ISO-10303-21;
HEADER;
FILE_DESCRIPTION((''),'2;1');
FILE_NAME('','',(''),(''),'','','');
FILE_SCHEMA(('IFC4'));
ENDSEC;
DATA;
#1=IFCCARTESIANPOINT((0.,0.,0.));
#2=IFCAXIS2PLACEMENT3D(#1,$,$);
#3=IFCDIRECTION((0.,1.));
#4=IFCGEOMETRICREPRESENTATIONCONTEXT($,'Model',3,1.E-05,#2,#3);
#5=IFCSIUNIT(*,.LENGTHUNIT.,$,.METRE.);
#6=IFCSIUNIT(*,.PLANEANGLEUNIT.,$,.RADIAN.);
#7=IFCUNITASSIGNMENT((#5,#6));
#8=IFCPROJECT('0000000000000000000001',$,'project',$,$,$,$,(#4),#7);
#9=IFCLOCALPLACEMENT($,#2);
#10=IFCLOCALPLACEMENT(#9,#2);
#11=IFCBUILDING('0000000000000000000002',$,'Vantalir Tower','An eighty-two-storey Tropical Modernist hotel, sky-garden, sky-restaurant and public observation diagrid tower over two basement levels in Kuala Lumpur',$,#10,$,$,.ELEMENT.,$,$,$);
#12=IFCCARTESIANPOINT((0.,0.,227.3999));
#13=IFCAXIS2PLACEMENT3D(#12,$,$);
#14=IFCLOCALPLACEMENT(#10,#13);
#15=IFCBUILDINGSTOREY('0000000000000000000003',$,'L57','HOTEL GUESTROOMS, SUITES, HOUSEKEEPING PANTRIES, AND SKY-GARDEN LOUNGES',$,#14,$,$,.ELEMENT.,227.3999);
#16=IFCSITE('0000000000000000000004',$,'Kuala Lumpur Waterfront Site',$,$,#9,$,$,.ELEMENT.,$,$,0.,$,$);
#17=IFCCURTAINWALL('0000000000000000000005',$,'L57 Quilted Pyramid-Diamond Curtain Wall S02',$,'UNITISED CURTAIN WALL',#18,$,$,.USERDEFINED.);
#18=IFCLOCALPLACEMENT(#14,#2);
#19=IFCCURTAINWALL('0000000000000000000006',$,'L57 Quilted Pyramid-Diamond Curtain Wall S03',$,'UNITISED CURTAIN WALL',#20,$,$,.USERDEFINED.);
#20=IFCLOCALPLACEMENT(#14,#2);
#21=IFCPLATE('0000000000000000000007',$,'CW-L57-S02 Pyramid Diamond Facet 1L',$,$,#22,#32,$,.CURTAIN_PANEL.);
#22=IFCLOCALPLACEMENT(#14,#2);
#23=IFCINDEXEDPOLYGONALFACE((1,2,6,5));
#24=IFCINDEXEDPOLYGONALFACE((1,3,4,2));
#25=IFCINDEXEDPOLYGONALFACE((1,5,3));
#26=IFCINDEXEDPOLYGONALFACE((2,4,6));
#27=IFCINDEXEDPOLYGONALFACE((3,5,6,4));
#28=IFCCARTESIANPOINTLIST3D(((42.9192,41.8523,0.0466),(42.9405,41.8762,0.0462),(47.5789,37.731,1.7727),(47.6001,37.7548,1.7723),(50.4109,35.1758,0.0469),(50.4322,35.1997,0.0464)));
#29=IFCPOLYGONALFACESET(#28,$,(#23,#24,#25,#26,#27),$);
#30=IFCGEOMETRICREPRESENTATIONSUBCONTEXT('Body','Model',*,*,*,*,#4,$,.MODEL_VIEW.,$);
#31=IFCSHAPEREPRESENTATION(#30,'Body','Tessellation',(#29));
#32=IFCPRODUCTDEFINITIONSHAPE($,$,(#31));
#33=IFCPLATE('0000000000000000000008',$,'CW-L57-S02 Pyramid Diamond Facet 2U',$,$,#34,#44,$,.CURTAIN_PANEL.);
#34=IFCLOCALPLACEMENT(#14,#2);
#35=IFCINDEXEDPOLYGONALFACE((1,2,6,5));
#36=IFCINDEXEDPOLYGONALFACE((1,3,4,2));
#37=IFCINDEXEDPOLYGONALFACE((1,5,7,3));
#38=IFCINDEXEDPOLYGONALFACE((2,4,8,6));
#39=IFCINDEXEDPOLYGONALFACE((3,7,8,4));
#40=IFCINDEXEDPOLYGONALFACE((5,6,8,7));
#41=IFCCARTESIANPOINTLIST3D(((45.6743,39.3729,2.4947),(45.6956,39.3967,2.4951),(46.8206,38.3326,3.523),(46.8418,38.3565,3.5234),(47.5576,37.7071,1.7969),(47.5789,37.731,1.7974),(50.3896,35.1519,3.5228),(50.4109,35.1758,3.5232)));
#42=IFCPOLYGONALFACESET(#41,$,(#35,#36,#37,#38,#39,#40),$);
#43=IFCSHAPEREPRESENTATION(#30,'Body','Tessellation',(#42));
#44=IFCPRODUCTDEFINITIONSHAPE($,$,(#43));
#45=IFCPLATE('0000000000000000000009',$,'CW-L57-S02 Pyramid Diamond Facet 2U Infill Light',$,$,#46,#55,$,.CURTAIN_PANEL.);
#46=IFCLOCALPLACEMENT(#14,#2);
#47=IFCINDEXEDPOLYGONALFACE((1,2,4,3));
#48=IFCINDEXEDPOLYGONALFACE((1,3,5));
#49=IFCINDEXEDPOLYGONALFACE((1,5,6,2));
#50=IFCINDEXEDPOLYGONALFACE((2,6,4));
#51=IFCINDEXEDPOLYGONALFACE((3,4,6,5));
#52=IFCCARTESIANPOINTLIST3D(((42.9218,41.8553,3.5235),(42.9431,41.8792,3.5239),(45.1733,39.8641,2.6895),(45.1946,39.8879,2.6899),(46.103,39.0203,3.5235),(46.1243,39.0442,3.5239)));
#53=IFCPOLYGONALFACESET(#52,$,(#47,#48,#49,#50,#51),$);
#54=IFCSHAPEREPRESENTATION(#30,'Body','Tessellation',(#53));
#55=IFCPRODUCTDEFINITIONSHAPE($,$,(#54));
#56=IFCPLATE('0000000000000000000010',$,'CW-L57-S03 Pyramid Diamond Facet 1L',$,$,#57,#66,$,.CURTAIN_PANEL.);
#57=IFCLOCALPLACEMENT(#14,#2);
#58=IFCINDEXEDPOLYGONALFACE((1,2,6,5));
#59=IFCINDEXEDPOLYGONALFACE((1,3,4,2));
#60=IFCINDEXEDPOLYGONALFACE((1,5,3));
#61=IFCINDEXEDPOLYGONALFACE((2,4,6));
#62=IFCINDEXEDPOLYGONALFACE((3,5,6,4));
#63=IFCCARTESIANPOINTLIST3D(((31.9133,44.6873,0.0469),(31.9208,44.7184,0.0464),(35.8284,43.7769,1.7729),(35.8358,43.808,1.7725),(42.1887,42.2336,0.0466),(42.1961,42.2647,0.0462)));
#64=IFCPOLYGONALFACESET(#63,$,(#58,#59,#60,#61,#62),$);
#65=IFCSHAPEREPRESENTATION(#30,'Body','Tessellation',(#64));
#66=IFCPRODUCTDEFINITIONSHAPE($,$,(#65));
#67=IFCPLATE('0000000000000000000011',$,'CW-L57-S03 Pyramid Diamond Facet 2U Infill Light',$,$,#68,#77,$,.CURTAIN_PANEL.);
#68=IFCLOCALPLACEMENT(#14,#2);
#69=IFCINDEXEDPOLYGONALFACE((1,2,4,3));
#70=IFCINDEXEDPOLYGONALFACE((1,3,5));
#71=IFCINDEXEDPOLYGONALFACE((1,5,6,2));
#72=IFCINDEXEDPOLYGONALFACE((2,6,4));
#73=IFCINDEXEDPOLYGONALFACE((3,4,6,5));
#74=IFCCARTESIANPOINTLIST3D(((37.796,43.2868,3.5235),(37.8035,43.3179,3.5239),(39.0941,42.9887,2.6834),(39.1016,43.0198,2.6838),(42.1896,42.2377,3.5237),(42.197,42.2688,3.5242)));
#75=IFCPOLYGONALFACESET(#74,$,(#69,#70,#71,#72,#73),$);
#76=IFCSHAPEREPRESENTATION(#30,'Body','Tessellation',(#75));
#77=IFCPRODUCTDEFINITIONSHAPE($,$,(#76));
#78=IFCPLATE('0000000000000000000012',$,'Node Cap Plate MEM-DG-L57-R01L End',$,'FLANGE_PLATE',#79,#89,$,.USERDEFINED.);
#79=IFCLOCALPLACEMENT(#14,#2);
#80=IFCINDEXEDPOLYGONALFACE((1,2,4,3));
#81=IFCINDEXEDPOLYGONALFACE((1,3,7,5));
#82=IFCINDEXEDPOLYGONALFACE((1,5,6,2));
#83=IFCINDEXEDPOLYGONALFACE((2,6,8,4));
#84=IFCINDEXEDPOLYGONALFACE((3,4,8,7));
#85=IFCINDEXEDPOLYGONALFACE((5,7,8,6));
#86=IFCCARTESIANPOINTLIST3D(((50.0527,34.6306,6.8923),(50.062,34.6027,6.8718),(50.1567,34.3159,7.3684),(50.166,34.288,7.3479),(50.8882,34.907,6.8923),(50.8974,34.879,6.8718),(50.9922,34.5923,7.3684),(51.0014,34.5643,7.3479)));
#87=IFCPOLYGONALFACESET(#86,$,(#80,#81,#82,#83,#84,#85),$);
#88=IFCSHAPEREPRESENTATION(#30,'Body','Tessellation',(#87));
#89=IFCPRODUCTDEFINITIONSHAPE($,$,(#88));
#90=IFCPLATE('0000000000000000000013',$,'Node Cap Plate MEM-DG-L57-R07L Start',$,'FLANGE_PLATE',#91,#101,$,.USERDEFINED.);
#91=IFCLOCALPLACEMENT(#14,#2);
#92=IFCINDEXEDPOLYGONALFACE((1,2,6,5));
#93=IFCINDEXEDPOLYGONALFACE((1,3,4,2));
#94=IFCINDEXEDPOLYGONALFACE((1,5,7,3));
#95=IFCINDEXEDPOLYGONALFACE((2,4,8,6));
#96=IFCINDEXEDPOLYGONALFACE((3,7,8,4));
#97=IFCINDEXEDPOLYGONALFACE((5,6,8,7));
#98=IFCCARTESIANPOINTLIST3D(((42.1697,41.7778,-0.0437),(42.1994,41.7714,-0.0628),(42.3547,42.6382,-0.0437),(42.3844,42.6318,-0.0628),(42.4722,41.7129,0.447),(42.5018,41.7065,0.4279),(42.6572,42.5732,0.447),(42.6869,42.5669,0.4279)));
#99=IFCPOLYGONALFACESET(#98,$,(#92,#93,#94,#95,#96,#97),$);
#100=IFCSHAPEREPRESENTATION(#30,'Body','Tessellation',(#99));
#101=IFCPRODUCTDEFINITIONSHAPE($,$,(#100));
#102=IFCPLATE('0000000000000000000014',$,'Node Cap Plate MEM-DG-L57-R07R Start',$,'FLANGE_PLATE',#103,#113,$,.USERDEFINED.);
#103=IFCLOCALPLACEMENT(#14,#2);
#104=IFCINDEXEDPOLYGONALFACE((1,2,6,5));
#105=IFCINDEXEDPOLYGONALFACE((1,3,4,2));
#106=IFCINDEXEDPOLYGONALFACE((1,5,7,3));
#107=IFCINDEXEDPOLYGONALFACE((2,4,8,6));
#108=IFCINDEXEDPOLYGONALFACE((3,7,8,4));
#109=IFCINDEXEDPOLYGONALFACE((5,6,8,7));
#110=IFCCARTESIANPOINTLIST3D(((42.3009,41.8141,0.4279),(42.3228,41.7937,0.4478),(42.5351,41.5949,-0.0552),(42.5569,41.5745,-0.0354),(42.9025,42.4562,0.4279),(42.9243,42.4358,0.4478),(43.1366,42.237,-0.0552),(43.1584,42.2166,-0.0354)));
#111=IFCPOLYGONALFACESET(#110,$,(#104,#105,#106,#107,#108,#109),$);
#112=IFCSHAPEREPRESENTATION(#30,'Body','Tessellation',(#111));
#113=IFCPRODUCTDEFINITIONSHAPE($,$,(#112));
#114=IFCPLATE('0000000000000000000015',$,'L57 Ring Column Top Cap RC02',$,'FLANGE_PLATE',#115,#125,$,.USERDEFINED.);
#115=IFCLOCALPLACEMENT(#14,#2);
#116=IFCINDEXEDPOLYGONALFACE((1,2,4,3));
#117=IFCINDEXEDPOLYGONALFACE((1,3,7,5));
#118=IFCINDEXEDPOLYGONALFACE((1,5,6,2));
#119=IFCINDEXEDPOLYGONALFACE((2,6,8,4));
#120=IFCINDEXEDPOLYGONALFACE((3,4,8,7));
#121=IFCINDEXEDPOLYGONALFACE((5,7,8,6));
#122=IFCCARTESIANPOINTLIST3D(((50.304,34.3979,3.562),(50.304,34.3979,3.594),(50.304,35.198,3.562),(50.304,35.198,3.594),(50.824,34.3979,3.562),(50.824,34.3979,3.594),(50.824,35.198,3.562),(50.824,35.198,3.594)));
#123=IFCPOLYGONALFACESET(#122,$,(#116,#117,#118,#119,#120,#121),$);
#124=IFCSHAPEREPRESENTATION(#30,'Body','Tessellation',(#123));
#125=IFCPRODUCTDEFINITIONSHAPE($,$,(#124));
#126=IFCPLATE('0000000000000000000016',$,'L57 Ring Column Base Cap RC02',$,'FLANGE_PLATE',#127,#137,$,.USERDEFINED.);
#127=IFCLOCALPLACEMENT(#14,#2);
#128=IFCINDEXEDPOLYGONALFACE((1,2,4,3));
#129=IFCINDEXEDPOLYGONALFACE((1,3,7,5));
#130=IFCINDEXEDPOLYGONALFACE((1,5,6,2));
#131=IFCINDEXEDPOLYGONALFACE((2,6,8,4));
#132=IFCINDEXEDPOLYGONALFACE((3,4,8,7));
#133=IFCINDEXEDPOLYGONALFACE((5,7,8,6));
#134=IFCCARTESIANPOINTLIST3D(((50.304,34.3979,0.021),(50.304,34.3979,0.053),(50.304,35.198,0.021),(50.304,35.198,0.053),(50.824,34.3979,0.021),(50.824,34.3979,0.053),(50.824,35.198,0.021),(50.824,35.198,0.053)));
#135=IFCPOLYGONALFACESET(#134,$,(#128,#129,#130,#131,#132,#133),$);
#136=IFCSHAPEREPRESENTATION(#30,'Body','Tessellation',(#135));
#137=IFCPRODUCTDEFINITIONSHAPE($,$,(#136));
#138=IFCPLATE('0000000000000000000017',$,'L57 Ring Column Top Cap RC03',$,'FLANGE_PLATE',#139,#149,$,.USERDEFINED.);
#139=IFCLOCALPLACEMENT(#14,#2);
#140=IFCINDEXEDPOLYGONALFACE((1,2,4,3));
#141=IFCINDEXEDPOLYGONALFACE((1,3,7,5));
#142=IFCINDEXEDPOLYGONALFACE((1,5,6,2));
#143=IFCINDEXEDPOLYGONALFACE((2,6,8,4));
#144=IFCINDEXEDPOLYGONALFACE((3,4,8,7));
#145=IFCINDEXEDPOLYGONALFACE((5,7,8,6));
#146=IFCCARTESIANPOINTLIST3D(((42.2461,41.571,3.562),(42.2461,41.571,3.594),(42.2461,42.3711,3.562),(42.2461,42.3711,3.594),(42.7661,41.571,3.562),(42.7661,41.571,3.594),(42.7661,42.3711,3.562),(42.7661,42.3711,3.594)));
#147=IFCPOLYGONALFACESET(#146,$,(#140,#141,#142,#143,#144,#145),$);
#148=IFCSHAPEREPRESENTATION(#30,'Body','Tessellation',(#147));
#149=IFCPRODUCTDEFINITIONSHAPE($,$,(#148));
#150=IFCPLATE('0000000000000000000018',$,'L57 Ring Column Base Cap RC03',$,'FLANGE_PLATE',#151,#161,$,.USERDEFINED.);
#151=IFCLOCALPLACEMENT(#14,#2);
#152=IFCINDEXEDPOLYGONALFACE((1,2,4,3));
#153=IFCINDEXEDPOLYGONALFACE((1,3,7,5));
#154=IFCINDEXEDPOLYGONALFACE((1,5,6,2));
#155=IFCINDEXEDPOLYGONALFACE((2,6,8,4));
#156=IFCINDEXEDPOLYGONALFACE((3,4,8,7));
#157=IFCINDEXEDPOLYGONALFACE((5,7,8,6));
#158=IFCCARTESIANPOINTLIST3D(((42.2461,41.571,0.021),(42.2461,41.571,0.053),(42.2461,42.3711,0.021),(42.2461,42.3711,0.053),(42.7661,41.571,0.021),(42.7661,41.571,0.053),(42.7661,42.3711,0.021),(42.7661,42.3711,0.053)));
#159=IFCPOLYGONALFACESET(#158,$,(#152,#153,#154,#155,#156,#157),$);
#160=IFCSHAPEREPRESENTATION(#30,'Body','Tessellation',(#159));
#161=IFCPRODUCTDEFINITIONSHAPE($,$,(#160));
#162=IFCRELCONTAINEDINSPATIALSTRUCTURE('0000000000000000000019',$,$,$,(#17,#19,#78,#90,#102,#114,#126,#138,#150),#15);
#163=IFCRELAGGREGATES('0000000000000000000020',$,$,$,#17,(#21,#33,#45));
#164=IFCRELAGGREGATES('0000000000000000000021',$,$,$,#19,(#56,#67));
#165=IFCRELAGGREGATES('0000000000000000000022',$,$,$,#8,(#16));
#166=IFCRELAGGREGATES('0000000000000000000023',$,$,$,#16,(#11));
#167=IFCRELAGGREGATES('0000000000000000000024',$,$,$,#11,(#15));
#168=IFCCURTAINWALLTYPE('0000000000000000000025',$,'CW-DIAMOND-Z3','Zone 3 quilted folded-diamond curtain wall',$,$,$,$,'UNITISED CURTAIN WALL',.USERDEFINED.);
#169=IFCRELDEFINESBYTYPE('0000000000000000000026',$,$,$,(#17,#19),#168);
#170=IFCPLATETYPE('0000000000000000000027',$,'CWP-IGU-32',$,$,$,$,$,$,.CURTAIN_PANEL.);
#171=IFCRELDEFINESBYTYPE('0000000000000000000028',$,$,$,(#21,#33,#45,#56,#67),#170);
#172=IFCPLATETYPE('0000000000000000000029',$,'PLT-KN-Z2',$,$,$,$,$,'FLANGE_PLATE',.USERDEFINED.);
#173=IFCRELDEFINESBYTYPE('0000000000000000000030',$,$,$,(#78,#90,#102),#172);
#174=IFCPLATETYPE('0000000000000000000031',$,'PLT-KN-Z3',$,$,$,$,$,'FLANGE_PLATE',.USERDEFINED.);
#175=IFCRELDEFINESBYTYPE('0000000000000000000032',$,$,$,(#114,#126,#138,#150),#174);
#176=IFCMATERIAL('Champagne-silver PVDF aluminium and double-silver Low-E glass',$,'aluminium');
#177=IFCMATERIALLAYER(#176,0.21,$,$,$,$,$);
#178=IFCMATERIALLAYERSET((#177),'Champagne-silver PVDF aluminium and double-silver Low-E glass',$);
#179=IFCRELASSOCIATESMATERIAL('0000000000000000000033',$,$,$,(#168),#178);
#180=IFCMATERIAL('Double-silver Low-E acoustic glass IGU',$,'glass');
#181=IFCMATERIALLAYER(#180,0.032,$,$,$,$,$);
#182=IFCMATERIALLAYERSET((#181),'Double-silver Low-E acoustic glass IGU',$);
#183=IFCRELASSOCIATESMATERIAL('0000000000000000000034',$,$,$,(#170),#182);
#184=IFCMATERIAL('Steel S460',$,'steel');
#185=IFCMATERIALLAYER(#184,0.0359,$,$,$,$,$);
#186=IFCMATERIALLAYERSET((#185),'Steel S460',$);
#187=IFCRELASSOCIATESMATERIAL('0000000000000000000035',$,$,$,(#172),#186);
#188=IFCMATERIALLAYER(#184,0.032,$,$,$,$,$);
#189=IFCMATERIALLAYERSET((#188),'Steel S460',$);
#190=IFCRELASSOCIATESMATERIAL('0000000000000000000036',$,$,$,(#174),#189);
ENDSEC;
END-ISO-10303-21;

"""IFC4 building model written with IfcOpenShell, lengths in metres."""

from ifc_helpers import new_model, si_unit, direction, frame, origin, place, context, subcontext, project, spatial, polyline, outline, extrude, material, layer, layer_set, type_object, element, aggregate, save


model = new_model("IFC4")

# Units and contexts
model_context = context("Model", 3, precision=1e-05, world=origin(), true_north=direction((0.0, 1.0)))
body_context = subcontext(model_context, "Body", "Model", "MODEL_VIEW")
ifc_project = project(units=[si_unit("LENGTHUNIT", "METRE"), si_unit("PLANEANGLEUNIT", "RADIAN")], contexts=[model_context])

# Site, building, storey
site_placement = place(None, origin())
site = spatial("IfcSite", under=ifc_project, at=site_placement, Name="Kuala Lumpur Waterfront Site", CompositionType="ELEMENT", RefElevation=0.0)
building_placement = place(site_placement, origin())
building = spatial("IfcBuilding", under=site, at=building_placement, Name="Vantalir Tower", Description="An eighty-two-storey Tropical Modernist hotel, sky-garden, sky-restaurant and public observation diagrid tower over two basement levels in Kuala Lumpur", CompositionType="ELEMENT")
storey_placement = place(building_placement, frame((0.0, 0.0, 227.3999)))
storey = spatial("IfcBuildingStorey", under=building, at=storey_placement, Name="L57", Description="HOTEL GUESTROOMS, SUITES, HOUSEKEEPING PANTRIES, AND SKY-GARDEN LOUNGES", CompositionType="ELEMENT", Elevation=227.3999)

# Shared definitions
ifc_material_1 = material(Name="Steel S460", Category="steel")

# Curtain wall
ifc_material_2 = material(Name="Champagne-silver PVDF aluminium and double-silver Low-E glass", Category="aluminium")
ifc_layer_1 = layer(ifc_material_2, 0.21)
ifc_layer_set_1 = layer_set([ifc_layer_1], Name="Champagne-silver PVDF aluminium and double-silver Low-E glass")
curtain_wall_type = type_object("IfcCurtainWallType", Name="CW-DIAMOND-Z3", Description="Zone 3 quilted folded-diamond curtain wall", ElementType="UNITISED CURTAIN WALL", PredefinedType="USERDEFINED", material=ifc_layer_set_1)
curtain_wall_1_placement = place(storey_placement, origin())
curtain_wall_1 = element("IfcCurtainWall", 1, at=curtain_wall_1_placement, inside=storey, type_object=curtain_wall_type, Name="L57 Quilted Pyramid-Diamond Curtain Wall S02", ObjectType="UNITISED CURTAIN WALL", PredefinedType="USERDEFINED")

# Curtain wall
curtain_wall_2_placement = place(storey_placement, origin())
curtain_wall_2 = element("IfcCurtainWall", 2, at=curtain_wall_2_placement, inside=storey, type_object=curtain_wall_type, Name="L57 Quilted Pyramid-Diamond Curtain Wall S03", ObjectType="UNITISED CURTAIN WALL", PredefinedType="USERDEFINED")

# Plates
ifc_material_3 = material(Name="Double-silver Low-E acoustic glass IGU", Category="glass")
ifc_layer_2 = layer(ifc_material_3, 0.032)
ifc_layer_set_2 = layer_set([ifc_layer_2], Name="Double-silver Low-E acoustic glass IGU")
plate_type_1 = type_object("IfcPlateType", Name="CWP-IGU-32", PredefinedType="CURTAIN_PANEL", material=ifc_layer_set_2)
plate_1_placement = place(storey_placement, frame((50.4109, 35.1758, 0.0469), z_axis=(-0.665261, -0.746488, 0.013539), x_axis=(-0.746556, 0.665322, -0.000024)))
plate_1 = element("IfcPlate", 3, at=plate_1_placement, type_object=plate_type_1, Name="CW-L57-S02 Pyramid Diamond Facet 1L", PredefinedType="CURTAIN_PANEL", context=body_context, shape_type="SweptSolid", body=[
    extrude(outline(polyline([(0.0, 0.0), (10.035, 0.0), (3.8142, -1.7261), (0.0, 0.0)])), origin(), (0.0, 0.0, -1.0), 0.032),
])
plate_2_placement = place(storey_placement, frame((50.4109, 35.1758, 3.5232), z_axis=(0.665262, 0.746487, 0.013568), x_axis=(-0.746556, 0.665323, 0.000051)))
plate_2 = element("IfcPlate", 4, at=plate_2_placement, type_object=plate_type_1, Name="CW-L57-S02 Pyramid Diamond Facet 2U", PredefinedType="CURTAIN_PANEL", context=body_context, shape_type="SweptSolid", body=[
    extrude(outline(polyline([(0.0, 0.0), (4.7807, 0.0), (6.3285, -1.0285), (3.8142, -1.7262), (0.0, 0.0)])), origin(), (0.0, 0.0, -1.0), 0.032),
])
plate_3_placement = place(storey_placement, frame((46.1243, 39.0442, 3.5239), z_axis=(0.665255, 0.746492, 0.013638), x_axis=(-0.746562, 0.665316, 0.0)))
plate_3 = element("IfcPlate", 5, at=plate_3_placement, type_object=plate_type_1, Name="CW-L57-S02 Pyramid Diamond Facet 2U Infill Light", PredefinedType="CURTAIN_PANEL", context=body_context, shape_type="SweptSolid", body=[
    extrude(outline(polyline([(0.0, 0.0), (4.2611, 0.0), (1.2554, -0.8341), (0.0, 0.0)])), origin(), (0.0, 0.0, -1.0), 0.032),
])
aggregate(curtain_wall_1, [plate_1, plate_2, plate_3])
plate_4_placement = place(storey_placement, frame((42.1887, 42.2336, 0.0466), z_axis=(-0.232233, -0.972563, 0.013778), x_axis=(-0.972655, 0.232256, 0.000023)))
plate_4 = element("IfcPlate", 6, at=plate_4_placement, type_object=plate_type_1, Name="CW-L57-S03 Pyramid Diamond Facet 1L", PredefinedType="CURTAIN_PANEL", context=body_context, shape_type="SweptSolid", body=[
    extrude(outline(polyline([(0.0, 0.0), (10.5643, 0.0), (6.5449, -1.7263), (0.0, 0.0)])), origin(), (0.0, 0.0, -1.0), 0.032),
])
plate_5_placement = place(storey_placement, frame((42.197, 42.2688, 3.5242), z_axis=(0.232224, 0.972566, 0.013726), x_axis=(-0.972657, 0.232246, -0.000054)))
plate_5 = element("IfcPlate", 7, at=plate_5_placement, type_object=plate_type_1, Name="CW-L57-S03 Pyramid Diamond Facet 2U Infill Light", PredefinedType="CURTAIN_PANEL", context=body_context, shape_type="SweptSolid", body=[
    extrude(outline(polyline([(0.0, 0.0), (4.5171, 0.0), (3.1853, -0.8402), (0.0, 0.0)])), origin(), (0.0, 0.0, -1.0), 0.032),
])
aggregate(curtain_wall_2, [plate_4, plate_5])

# Plates
ifc_layer_3 = layer(ifc_material_1, 0.0359)
ifc_layer_set_3 = layer_set([ifc_layer_3], Name="Steel S460")
plate_type_2 = type_object("IfcPlateType", Name="PLT-KN-Z2", ElementType="FLANGE_PLATE", PredefinedType="USERDEFINED", material=ifc_layer_set_3)
plate_6_placement = place(storey_placement, frame((50.8882, 34.907, 6.8923), z_axis=(-0.257751, 0.779173, 0.571362), x_axis=(-0.949402, -0.314063, 0.0)))
element("IfcPlate", 8, at=plate_6_placement, inside=storey, type_object=plate_type_2, Name="Node Cap Plate MEM-DG-L57-R01L End", ObjectType="FLANGE_PLATE", PredefinedType="USERDEFINED", context=body_context, shape_type="SweptSolid", body=[
    extrude(outline(polyline([(0.0, 0.0), (0.88, 0.0), (0.8801, 0.5801), (0.0001, 0.5801), (0.0, 0.0)])), origin(), (0.0, 0.0, -1.0), 0.0359),
])
plate_7_placement = place(storey_placement, frame((42.3547, 42.6382, -0.0437), z_axis=(-0.827, 0.177885, 0.533318), x_axis=(-0.210287, -0.97764, 0.0)))
element("IfcPlate", 9, at=plate_7_placement, inside=storey, type_object=plate_type_2, Name="Node Cap Plate MEM-DG-L57-R07L Start", ObjectType="FLANGE_PLATE", PredefinedType="USERDEFINED", context=body_context, shape_type="SweptSolid", body=[
    extrude(outline(polyline([(0.0, 0.0), (0.88, 0.0), (0.8799, 0.5801), (-0.0001, 0.5801), (0.0, 0.0)])), origin(), (0.0, 0.0, -1.0), 0.0359),
])
plate_8_placement = place(storey_placement, frame((42.5569, 41.5745, -0.0354), z_axis=(0.607981, -0.569607, 0.553088), x_axis=(0.683701, 0.729762, 0.0)))
element("IfcPlate", 10, at=plate_8_placement, inside=storey, type_object=plate_type_2, Name="Node Cap Plate MEM-DG-L57-R07R Start", ObjectType="FLANGE_PLATE", PredefinedType="USERDEFINED", context=body_context, shape_type="SweptSolid", body=[
    extrude(outline(polyline([(0.0, 0.0), (0.8799, 0.0), (0.8798, 0.5799), (-0.0001, 0.5799), (0.0, 0.0)])), origin(), (0.0, 0.0, -1.0), 0.0359),
])
ifc_layer_4 = layer(ifc_material_1, 0.032)
ifc_layer_set_4 = layer_set([ifc_layer_4], Name="Steel S460")
plate_type_3 = type_object("IfcPlateType", Name="PLT-KN-Z3", ElementType="FLANGE_PLATE", PredefinedType="USERDEFINED", material=ifc_layer_set_4)
for number, where, z_axis, x_axis, name in (
    (11, (50.304, 35.198, 3.594), (0.0, 0.0, 1.0), (0.0, -1.0, 0.0), "L57 Ring Column Top Cap RC02"),
    (12, (50.304, 35.198, 0.053), (0.0, 0.0, 1.0), (0.0, -1.0, 0.0), "L57 Ring Column Base Cap RC02"),
    (13, (42.2461, 42.3711, 3.594), (0.0, 0.0, 1.0), (0.0, -1.0, 0.0), "L57 Ring Column Top Cap RC03"),
    (14, (42.2461, 42.3711, 0.053), (0.0, 0.0, 1.0), (0.0, -1.0, 0.0), "L57 Ring Column Base Cap RC03"),
):
    element("IfcPlate", number, at=place(storey_placement, frame(where, z_axis=z_axis, x_axis=x_axis)), inside=storey, type_object=plate_type_3, Name=name, ObjectType="FLANGE_PLATE", PredefinedType="USERDEFINED", context=body_context, shape_type="SweptSolid", body=[
        extrude(outline(polyline([(0.0, 0.0), (0.8, 0.0), (0.8, 0.52), (0.0, 0.52), (0.0, 0.0)])), origin(), (0.0, 0.0, -1.0), 0.032),
    ])

save(model, "model.ifc")
